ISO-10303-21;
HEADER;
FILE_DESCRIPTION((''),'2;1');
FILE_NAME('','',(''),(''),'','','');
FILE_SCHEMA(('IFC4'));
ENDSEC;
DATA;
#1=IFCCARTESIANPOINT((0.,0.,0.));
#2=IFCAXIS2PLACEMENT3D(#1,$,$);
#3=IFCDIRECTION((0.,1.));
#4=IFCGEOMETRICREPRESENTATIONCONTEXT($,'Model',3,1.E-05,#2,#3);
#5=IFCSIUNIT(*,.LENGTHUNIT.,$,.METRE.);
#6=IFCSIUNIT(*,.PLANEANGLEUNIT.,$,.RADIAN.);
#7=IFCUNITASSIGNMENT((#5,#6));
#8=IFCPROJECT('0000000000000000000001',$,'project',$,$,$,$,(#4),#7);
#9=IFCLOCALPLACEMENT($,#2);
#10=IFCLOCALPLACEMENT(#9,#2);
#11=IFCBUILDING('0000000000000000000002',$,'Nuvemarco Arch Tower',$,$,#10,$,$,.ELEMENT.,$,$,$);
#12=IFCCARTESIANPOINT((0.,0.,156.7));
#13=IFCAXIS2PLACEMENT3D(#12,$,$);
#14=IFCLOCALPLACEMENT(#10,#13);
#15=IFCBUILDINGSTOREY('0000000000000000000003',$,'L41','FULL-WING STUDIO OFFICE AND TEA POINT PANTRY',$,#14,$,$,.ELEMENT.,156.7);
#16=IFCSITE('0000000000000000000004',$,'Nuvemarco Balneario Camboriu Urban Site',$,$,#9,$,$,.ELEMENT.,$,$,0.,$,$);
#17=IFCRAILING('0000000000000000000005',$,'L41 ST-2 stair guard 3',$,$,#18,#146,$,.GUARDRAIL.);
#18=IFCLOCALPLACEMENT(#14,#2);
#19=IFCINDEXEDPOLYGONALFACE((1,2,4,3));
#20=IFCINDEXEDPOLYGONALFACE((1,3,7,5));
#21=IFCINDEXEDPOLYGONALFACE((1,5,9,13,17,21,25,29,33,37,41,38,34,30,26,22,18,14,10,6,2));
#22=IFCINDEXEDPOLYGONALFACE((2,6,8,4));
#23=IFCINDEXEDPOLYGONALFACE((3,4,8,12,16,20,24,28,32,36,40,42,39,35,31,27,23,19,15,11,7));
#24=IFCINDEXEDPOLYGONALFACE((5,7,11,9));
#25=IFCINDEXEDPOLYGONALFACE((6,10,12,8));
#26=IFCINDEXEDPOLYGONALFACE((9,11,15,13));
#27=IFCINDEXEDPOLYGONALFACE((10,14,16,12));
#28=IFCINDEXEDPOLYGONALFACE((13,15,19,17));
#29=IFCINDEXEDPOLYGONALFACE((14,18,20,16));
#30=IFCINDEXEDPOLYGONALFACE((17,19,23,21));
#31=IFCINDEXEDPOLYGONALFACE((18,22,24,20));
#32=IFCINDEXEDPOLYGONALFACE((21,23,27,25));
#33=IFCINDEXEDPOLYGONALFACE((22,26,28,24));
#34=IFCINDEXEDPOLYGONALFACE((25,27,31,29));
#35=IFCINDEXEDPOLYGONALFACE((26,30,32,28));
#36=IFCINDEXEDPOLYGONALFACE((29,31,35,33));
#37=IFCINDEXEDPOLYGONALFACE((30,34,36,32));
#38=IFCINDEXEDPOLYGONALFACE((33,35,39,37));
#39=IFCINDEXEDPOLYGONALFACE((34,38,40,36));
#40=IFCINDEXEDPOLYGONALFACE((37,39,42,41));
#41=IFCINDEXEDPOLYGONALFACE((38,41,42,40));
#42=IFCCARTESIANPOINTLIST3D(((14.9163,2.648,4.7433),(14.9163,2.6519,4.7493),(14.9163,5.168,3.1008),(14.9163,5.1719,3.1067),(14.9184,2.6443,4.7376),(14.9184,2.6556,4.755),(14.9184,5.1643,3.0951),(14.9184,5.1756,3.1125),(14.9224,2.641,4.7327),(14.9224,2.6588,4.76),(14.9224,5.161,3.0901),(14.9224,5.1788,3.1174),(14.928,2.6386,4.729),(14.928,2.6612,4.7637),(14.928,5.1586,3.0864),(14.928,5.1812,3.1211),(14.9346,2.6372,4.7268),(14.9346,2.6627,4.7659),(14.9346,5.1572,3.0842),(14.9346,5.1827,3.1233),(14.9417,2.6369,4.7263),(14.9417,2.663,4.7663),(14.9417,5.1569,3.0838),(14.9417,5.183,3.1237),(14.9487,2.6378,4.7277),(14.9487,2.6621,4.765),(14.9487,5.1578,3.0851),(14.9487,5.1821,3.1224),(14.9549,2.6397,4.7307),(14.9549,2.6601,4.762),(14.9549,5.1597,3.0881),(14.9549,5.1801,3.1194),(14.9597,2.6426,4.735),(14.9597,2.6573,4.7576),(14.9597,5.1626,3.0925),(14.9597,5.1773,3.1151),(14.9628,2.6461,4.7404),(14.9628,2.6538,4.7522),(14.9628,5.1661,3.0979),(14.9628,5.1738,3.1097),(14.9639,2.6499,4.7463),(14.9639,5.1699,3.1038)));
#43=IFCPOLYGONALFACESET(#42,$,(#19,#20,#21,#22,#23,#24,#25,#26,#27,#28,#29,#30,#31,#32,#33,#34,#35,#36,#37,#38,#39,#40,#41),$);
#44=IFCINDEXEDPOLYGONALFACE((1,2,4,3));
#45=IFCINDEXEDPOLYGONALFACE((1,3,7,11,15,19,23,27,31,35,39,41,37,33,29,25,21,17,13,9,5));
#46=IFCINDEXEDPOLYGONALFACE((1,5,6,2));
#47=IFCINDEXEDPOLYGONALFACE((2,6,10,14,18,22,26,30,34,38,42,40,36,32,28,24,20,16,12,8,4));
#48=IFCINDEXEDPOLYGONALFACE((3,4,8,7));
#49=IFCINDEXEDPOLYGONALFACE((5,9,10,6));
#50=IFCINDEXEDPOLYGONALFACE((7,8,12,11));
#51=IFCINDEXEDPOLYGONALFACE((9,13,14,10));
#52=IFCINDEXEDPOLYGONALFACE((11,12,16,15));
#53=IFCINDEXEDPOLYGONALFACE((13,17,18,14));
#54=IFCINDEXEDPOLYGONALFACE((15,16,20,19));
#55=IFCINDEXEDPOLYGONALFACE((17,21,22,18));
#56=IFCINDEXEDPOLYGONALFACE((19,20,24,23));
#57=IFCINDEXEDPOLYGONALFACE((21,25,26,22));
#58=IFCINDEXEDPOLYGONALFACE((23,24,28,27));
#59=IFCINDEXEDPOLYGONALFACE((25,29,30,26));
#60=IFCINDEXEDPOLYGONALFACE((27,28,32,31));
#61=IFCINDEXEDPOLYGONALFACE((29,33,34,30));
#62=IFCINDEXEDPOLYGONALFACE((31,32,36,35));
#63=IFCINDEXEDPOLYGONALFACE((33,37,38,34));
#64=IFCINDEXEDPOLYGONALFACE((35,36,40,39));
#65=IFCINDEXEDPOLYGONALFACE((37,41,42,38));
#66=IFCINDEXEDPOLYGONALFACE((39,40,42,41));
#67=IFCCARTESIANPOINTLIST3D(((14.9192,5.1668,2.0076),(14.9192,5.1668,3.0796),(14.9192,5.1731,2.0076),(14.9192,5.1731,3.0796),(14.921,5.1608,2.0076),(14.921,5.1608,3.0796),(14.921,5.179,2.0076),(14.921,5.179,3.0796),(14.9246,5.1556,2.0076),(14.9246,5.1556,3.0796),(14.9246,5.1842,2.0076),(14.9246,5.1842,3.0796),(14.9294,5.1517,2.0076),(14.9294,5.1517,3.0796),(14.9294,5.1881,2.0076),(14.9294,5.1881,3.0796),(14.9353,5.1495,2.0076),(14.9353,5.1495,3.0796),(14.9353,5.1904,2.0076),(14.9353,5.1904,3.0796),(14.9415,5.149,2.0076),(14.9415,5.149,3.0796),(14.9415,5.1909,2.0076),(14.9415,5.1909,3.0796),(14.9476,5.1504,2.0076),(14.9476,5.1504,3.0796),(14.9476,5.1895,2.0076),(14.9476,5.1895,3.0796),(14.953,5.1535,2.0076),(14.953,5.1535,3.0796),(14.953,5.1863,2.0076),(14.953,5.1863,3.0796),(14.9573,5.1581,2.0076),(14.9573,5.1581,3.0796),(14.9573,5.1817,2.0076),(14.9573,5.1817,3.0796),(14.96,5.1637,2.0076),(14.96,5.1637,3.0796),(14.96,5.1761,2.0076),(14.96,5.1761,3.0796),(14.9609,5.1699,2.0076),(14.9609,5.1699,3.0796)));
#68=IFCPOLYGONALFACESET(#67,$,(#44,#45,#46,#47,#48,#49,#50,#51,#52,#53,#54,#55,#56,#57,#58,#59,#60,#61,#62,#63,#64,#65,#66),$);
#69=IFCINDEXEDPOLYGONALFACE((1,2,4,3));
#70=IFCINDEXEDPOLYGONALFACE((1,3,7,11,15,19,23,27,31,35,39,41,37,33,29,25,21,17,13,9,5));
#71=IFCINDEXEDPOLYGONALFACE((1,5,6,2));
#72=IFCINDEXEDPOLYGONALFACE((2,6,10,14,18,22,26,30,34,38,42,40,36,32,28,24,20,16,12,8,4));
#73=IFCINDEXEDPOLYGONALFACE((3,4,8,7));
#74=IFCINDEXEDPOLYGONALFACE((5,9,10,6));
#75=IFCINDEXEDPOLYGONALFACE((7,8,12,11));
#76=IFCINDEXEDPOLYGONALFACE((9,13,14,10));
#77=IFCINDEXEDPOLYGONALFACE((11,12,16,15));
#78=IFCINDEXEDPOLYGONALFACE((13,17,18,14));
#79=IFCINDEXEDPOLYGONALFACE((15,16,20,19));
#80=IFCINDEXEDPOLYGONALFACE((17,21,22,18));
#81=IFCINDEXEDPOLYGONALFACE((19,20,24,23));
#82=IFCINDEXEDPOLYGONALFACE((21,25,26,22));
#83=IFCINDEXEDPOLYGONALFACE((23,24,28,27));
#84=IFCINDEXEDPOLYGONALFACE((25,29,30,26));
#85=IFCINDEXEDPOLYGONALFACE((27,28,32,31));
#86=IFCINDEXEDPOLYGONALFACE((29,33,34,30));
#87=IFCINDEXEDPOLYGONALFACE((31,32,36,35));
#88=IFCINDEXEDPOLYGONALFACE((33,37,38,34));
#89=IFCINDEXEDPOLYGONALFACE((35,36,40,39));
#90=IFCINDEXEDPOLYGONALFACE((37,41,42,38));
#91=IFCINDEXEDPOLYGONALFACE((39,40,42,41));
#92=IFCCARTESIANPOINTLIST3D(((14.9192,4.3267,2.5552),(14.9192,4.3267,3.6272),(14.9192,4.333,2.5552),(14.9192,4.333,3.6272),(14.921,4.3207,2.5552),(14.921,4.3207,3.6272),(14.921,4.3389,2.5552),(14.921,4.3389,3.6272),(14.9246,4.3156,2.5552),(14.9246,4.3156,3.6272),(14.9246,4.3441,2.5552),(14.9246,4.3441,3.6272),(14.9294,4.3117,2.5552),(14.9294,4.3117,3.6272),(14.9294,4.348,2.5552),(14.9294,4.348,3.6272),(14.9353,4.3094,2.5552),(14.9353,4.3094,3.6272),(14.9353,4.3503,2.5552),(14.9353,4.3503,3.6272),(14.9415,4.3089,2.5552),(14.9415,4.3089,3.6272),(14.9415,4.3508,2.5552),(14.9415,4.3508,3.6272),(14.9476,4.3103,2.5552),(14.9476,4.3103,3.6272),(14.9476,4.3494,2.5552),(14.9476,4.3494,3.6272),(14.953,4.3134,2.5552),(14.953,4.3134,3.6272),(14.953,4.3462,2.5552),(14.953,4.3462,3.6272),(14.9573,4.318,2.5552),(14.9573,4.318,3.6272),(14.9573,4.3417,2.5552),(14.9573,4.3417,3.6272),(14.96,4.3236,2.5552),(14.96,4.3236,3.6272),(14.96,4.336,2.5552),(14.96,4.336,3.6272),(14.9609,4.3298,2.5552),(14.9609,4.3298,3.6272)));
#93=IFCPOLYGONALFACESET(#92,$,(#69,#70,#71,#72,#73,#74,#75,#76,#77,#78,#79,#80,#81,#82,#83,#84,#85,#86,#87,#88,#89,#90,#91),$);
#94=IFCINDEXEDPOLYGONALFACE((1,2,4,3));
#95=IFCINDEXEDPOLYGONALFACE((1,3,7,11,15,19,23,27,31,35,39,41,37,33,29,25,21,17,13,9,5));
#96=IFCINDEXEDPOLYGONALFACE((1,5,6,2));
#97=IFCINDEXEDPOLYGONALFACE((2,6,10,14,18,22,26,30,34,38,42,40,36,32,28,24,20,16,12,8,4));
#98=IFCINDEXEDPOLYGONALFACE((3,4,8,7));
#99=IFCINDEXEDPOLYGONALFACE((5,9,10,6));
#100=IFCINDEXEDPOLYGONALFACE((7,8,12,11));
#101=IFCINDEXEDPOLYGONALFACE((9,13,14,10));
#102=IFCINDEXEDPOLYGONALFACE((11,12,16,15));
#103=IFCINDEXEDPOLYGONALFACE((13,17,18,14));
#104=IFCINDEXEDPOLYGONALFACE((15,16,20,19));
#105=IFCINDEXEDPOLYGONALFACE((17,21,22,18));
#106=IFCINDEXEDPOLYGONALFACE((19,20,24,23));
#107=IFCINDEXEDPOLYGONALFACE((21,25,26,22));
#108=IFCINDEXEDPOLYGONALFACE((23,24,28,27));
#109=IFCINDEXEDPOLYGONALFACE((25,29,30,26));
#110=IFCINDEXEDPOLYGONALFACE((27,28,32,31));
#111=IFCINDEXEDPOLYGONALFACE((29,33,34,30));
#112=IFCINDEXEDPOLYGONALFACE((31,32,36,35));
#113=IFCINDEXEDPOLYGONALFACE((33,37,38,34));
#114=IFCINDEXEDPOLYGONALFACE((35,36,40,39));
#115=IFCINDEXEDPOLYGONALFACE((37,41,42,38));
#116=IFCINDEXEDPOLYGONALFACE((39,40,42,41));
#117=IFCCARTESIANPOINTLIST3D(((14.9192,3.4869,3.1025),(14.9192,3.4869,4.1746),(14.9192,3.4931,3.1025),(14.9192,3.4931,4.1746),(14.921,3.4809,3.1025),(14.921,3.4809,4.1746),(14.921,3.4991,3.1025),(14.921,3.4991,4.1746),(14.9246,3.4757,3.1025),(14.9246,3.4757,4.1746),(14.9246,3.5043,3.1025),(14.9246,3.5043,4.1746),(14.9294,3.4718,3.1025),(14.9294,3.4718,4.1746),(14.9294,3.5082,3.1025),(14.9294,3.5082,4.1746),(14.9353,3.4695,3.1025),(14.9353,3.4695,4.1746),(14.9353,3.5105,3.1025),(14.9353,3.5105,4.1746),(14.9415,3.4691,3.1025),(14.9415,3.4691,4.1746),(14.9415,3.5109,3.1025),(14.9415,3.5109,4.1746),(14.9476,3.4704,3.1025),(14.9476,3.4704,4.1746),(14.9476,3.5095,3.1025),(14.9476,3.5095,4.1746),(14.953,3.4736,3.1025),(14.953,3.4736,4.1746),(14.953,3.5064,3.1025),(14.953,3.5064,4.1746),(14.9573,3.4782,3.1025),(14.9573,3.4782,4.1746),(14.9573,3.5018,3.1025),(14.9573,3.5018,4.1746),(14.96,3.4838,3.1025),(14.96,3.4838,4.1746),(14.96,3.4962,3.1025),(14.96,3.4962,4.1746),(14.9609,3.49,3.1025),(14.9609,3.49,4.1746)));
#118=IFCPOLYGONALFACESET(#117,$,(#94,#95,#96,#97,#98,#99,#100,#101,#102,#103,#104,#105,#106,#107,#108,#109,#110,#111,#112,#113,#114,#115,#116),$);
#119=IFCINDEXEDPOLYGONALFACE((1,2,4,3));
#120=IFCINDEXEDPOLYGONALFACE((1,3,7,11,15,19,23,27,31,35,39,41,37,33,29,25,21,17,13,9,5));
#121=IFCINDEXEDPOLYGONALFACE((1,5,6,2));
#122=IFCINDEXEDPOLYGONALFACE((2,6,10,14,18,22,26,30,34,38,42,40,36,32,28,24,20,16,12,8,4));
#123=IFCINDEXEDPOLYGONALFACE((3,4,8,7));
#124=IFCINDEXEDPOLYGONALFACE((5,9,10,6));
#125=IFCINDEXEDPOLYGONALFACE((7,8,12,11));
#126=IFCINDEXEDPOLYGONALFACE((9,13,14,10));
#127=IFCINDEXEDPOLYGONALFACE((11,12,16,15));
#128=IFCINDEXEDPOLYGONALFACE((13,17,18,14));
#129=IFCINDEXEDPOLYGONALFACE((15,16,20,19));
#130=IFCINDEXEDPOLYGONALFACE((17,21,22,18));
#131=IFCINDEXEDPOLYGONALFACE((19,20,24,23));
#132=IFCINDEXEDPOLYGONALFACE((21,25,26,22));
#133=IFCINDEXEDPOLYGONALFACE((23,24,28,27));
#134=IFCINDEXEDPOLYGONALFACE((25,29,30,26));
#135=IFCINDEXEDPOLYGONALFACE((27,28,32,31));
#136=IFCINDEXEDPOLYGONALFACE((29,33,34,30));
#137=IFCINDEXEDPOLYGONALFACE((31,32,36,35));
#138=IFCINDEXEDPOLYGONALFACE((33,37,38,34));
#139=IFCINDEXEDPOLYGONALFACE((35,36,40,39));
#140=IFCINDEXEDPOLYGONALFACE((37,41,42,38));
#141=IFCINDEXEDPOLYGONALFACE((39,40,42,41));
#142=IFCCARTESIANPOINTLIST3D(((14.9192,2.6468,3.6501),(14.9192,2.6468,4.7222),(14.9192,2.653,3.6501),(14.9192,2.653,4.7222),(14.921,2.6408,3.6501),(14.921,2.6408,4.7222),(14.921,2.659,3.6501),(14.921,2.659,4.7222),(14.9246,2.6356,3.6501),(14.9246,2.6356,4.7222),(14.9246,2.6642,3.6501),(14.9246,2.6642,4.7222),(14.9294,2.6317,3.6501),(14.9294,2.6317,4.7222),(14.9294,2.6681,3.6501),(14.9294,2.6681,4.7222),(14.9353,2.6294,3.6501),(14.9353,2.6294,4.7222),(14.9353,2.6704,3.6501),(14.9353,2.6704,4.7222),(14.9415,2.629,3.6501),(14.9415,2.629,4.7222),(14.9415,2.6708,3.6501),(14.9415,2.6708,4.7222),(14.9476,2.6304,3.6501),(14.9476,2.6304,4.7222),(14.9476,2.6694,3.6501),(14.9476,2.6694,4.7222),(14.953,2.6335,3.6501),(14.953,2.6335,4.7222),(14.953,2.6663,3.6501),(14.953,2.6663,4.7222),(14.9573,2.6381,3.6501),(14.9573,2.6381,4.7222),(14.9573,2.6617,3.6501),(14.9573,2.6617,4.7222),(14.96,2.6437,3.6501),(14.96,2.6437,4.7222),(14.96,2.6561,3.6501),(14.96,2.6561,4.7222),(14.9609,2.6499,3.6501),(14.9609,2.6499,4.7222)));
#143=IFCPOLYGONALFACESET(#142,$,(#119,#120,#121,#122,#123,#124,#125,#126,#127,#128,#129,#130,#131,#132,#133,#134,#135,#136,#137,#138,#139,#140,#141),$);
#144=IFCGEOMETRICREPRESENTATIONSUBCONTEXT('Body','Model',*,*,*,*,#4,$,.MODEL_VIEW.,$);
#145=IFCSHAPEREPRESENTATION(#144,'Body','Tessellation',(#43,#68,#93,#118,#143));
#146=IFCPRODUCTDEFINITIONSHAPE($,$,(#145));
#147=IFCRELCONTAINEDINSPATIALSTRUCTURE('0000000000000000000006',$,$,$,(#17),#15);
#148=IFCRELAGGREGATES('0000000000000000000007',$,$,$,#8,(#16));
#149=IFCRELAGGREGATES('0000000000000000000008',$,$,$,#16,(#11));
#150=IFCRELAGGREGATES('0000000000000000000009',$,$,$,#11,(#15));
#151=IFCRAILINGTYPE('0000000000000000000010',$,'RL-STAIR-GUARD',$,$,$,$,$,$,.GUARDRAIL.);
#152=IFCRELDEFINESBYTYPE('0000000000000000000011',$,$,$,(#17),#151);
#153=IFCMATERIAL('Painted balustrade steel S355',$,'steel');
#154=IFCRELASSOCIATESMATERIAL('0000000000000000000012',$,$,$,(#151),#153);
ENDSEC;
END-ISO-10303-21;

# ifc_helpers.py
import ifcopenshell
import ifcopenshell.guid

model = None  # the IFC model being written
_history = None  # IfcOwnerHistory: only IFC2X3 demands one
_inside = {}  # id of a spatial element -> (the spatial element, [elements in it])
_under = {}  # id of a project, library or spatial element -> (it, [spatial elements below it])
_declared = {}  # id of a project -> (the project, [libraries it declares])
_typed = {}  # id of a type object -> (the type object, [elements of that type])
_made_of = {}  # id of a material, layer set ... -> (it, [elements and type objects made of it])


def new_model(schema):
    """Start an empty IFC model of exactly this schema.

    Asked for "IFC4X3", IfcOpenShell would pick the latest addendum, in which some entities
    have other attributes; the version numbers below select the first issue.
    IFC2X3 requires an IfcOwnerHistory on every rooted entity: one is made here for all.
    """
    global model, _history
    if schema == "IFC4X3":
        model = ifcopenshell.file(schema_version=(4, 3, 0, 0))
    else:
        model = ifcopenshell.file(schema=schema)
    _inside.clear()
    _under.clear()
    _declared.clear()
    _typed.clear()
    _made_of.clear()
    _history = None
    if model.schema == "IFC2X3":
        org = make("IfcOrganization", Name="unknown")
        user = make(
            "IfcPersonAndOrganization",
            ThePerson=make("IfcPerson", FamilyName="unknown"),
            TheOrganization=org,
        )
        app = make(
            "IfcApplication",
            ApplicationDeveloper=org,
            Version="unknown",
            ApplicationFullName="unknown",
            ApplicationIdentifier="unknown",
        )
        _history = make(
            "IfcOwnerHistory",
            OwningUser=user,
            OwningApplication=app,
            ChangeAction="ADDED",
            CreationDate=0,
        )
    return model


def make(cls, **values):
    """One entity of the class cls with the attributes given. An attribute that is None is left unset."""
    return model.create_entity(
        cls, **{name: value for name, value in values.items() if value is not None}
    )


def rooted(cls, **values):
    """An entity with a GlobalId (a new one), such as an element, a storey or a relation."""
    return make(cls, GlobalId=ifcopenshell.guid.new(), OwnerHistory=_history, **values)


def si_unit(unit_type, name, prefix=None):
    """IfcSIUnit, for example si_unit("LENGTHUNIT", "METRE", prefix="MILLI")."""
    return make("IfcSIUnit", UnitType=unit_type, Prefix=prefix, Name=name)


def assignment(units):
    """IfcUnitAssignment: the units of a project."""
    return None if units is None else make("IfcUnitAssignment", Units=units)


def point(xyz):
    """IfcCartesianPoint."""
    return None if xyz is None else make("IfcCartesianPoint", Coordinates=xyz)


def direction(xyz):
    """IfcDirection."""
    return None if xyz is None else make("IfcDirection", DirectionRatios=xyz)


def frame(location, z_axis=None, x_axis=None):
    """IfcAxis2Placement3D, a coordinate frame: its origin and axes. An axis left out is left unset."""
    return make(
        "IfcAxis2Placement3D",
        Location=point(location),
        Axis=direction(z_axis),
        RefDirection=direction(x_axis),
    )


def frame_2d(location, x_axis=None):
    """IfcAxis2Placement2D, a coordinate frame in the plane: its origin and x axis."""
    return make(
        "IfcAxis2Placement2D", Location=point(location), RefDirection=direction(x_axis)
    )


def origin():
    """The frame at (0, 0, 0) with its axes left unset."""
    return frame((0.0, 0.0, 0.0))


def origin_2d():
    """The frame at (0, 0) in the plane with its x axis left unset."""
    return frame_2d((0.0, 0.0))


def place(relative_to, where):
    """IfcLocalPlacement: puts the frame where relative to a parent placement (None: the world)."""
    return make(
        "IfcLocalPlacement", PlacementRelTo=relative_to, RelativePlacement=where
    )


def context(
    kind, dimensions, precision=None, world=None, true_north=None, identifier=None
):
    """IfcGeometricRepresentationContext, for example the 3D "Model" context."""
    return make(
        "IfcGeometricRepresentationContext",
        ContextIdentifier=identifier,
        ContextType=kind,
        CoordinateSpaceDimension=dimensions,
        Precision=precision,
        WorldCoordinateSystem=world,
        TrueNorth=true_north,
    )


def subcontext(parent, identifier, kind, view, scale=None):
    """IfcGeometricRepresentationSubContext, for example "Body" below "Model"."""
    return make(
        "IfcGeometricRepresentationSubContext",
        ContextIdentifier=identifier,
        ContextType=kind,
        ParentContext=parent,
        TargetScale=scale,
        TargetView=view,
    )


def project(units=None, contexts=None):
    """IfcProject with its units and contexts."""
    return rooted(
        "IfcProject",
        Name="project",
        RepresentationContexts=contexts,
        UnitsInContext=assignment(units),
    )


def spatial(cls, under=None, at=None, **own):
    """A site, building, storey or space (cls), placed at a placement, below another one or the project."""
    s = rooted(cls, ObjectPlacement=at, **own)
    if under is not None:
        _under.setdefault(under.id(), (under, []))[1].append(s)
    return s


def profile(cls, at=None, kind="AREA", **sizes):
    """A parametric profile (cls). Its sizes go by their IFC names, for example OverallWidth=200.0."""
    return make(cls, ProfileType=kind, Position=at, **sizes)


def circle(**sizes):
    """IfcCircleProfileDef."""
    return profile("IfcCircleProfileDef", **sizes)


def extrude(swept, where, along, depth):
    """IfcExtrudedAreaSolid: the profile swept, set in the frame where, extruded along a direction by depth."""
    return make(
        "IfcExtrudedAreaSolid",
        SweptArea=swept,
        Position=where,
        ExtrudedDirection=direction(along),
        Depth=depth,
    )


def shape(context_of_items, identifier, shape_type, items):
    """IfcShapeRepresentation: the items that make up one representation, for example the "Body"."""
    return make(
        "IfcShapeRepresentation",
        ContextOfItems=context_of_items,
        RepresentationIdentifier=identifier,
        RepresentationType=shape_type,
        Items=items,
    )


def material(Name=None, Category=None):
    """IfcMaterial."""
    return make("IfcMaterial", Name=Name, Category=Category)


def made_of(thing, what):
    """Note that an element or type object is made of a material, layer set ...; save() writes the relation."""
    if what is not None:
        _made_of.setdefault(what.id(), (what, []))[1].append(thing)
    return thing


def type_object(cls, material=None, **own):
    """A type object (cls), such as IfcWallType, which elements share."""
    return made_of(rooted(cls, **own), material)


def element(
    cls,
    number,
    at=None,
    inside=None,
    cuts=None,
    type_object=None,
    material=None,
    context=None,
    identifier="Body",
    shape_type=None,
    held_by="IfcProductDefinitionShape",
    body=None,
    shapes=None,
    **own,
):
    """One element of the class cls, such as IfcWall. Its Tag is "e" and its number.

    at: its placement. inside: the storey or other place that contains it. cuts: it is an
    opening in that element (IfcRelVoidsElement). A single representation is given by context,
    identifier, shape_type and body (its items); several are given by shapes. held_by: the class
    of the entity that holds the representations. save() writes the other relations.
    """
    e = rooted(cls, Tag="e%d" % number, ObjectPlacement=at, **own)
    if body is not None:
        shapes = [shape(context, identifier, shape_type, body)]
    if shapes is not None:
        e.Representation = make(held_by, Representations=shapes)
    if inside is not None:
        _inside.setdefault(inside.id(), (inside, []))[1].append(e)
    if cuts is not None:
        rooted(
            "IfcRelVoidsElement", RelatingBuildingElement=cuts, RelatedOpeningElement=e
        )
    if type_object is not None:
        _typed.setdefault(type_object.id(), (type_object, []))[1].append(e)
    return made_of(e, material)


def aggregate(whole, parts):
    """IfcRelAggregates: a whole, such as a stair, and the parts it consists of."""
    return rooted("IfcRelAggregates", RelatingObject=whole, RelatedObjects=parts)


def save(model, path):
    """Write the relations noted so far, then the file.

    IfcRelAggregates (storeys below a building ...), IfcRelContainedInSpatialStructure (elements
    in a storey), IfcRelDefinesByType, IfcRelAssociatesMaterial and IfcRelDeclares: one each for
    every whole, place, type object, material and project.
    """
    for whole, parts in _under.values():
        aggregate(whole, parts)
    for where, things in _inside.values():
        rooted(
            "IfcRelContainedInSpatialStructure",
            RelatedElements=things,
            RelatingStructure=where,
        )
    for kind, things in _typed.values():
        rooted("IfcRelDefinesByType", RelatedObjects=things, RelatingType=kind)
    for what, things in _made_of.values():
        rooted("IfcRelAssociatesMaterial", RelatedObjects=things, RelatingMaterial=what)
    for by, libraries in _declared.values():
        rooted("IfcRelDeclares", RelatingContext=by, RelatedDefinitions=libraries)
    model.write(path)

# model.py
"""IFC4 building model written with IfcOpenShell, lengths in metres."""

from ifc_helpers import new_model, si_unit, direction, frame, origin, origin_2d, place, context, subcontext, project, spatial, circle, extrude, material, type_object, element, save


model = new_model("IFC4")

# Units and contexts
model_context = context("Model", 3, precision=1e-05, world=origin(), true_north=direction((0.0, 1.0)))
body_context = subcontext(model_context, "Body", "Model", "MODEL_VIEW")
ifc_project = project(units=[si_unit("LENGTHUNIT", "METRE"), si_unit("PLANEANGLEUNIT", "RADIAN")], contexts=[model_context])

# Site, building, storey
site_placement = place(None, origin())
site = spatial("IfcSite", under=ifc_project, at=site_placement, Name="Nuvemarco Balneario Camboriu Urban Site", CompositionType="ELEMENT", RefElevation=0.0)
building_placement = place(site_placement, origin())
building = spatial("IfcBuilding", under=site, at=building_placement, Name="Nuvemarco Arch Tower", CompositionType="ELEMENT")
storey_placement = place(building_placement, frame((0.0, 0.0, 156.7)))
storey = spatial("IfcBuildingStorey", under=building, at=storey_placement, Name="L41", Description="FULL-WING STUDIO OFFICE AND TEA POINT PANTRY", CompositionType="ELEMENT", Elevation=156.7)

# Railing
ifc_material_1 = material(Name="Painted balustrade steel S355", Category="steel")
railing_type_1 = type_object("IfcRailingType", Name="RL-STAIR-GUARD", PredefinedType="GUARDRAIL", material=ifc_material_1)
railing_1_placement = place(storey_placement, frame((14.9399, 5.1699, 2.0076)))
element("IfcRailing", 1, at=railing_1_placement, inside=storey, type_object=railing_type_1, Name="L41 ST-2 stair guard 3", PredefinedType="GUARDRAIL", context=body_context, shape_type="SweptSolid", body=[
    extrude(circle(Radius=0.0239, at=origin_2d()), frame((0.0, 0.0, 1.0962), z_axis=(0.0, -0.837749, 0.546055), x_axis=(1.0, 0.0, 0.0)), (0.0, 0.0, 1.0), 3.0081),
    extrude(circle(Radius=0.021, at=origin_2d()), origin(), (0.0, 0.0, 1.0), 1.072),
    extrude(circle(Radius=0.021, at=origin_2d()), frame((0.0, -0.8401, 0.5476)), (0.0, 0.0, 1.0), 1.072),
    extrude(circle(Radius=0.021, at=origin_2d()), frame((0.0, -1.6799, 1.095)), (0.0, 0.0, 1.0), 1.072),
    extrude(circle(Radius=0.021, at=origin_2d()), frame((0.0, -2.52, 1.6426)), (0.0, 0.0, 1.0), 1.072),
])

save(model, "model.ifc")
